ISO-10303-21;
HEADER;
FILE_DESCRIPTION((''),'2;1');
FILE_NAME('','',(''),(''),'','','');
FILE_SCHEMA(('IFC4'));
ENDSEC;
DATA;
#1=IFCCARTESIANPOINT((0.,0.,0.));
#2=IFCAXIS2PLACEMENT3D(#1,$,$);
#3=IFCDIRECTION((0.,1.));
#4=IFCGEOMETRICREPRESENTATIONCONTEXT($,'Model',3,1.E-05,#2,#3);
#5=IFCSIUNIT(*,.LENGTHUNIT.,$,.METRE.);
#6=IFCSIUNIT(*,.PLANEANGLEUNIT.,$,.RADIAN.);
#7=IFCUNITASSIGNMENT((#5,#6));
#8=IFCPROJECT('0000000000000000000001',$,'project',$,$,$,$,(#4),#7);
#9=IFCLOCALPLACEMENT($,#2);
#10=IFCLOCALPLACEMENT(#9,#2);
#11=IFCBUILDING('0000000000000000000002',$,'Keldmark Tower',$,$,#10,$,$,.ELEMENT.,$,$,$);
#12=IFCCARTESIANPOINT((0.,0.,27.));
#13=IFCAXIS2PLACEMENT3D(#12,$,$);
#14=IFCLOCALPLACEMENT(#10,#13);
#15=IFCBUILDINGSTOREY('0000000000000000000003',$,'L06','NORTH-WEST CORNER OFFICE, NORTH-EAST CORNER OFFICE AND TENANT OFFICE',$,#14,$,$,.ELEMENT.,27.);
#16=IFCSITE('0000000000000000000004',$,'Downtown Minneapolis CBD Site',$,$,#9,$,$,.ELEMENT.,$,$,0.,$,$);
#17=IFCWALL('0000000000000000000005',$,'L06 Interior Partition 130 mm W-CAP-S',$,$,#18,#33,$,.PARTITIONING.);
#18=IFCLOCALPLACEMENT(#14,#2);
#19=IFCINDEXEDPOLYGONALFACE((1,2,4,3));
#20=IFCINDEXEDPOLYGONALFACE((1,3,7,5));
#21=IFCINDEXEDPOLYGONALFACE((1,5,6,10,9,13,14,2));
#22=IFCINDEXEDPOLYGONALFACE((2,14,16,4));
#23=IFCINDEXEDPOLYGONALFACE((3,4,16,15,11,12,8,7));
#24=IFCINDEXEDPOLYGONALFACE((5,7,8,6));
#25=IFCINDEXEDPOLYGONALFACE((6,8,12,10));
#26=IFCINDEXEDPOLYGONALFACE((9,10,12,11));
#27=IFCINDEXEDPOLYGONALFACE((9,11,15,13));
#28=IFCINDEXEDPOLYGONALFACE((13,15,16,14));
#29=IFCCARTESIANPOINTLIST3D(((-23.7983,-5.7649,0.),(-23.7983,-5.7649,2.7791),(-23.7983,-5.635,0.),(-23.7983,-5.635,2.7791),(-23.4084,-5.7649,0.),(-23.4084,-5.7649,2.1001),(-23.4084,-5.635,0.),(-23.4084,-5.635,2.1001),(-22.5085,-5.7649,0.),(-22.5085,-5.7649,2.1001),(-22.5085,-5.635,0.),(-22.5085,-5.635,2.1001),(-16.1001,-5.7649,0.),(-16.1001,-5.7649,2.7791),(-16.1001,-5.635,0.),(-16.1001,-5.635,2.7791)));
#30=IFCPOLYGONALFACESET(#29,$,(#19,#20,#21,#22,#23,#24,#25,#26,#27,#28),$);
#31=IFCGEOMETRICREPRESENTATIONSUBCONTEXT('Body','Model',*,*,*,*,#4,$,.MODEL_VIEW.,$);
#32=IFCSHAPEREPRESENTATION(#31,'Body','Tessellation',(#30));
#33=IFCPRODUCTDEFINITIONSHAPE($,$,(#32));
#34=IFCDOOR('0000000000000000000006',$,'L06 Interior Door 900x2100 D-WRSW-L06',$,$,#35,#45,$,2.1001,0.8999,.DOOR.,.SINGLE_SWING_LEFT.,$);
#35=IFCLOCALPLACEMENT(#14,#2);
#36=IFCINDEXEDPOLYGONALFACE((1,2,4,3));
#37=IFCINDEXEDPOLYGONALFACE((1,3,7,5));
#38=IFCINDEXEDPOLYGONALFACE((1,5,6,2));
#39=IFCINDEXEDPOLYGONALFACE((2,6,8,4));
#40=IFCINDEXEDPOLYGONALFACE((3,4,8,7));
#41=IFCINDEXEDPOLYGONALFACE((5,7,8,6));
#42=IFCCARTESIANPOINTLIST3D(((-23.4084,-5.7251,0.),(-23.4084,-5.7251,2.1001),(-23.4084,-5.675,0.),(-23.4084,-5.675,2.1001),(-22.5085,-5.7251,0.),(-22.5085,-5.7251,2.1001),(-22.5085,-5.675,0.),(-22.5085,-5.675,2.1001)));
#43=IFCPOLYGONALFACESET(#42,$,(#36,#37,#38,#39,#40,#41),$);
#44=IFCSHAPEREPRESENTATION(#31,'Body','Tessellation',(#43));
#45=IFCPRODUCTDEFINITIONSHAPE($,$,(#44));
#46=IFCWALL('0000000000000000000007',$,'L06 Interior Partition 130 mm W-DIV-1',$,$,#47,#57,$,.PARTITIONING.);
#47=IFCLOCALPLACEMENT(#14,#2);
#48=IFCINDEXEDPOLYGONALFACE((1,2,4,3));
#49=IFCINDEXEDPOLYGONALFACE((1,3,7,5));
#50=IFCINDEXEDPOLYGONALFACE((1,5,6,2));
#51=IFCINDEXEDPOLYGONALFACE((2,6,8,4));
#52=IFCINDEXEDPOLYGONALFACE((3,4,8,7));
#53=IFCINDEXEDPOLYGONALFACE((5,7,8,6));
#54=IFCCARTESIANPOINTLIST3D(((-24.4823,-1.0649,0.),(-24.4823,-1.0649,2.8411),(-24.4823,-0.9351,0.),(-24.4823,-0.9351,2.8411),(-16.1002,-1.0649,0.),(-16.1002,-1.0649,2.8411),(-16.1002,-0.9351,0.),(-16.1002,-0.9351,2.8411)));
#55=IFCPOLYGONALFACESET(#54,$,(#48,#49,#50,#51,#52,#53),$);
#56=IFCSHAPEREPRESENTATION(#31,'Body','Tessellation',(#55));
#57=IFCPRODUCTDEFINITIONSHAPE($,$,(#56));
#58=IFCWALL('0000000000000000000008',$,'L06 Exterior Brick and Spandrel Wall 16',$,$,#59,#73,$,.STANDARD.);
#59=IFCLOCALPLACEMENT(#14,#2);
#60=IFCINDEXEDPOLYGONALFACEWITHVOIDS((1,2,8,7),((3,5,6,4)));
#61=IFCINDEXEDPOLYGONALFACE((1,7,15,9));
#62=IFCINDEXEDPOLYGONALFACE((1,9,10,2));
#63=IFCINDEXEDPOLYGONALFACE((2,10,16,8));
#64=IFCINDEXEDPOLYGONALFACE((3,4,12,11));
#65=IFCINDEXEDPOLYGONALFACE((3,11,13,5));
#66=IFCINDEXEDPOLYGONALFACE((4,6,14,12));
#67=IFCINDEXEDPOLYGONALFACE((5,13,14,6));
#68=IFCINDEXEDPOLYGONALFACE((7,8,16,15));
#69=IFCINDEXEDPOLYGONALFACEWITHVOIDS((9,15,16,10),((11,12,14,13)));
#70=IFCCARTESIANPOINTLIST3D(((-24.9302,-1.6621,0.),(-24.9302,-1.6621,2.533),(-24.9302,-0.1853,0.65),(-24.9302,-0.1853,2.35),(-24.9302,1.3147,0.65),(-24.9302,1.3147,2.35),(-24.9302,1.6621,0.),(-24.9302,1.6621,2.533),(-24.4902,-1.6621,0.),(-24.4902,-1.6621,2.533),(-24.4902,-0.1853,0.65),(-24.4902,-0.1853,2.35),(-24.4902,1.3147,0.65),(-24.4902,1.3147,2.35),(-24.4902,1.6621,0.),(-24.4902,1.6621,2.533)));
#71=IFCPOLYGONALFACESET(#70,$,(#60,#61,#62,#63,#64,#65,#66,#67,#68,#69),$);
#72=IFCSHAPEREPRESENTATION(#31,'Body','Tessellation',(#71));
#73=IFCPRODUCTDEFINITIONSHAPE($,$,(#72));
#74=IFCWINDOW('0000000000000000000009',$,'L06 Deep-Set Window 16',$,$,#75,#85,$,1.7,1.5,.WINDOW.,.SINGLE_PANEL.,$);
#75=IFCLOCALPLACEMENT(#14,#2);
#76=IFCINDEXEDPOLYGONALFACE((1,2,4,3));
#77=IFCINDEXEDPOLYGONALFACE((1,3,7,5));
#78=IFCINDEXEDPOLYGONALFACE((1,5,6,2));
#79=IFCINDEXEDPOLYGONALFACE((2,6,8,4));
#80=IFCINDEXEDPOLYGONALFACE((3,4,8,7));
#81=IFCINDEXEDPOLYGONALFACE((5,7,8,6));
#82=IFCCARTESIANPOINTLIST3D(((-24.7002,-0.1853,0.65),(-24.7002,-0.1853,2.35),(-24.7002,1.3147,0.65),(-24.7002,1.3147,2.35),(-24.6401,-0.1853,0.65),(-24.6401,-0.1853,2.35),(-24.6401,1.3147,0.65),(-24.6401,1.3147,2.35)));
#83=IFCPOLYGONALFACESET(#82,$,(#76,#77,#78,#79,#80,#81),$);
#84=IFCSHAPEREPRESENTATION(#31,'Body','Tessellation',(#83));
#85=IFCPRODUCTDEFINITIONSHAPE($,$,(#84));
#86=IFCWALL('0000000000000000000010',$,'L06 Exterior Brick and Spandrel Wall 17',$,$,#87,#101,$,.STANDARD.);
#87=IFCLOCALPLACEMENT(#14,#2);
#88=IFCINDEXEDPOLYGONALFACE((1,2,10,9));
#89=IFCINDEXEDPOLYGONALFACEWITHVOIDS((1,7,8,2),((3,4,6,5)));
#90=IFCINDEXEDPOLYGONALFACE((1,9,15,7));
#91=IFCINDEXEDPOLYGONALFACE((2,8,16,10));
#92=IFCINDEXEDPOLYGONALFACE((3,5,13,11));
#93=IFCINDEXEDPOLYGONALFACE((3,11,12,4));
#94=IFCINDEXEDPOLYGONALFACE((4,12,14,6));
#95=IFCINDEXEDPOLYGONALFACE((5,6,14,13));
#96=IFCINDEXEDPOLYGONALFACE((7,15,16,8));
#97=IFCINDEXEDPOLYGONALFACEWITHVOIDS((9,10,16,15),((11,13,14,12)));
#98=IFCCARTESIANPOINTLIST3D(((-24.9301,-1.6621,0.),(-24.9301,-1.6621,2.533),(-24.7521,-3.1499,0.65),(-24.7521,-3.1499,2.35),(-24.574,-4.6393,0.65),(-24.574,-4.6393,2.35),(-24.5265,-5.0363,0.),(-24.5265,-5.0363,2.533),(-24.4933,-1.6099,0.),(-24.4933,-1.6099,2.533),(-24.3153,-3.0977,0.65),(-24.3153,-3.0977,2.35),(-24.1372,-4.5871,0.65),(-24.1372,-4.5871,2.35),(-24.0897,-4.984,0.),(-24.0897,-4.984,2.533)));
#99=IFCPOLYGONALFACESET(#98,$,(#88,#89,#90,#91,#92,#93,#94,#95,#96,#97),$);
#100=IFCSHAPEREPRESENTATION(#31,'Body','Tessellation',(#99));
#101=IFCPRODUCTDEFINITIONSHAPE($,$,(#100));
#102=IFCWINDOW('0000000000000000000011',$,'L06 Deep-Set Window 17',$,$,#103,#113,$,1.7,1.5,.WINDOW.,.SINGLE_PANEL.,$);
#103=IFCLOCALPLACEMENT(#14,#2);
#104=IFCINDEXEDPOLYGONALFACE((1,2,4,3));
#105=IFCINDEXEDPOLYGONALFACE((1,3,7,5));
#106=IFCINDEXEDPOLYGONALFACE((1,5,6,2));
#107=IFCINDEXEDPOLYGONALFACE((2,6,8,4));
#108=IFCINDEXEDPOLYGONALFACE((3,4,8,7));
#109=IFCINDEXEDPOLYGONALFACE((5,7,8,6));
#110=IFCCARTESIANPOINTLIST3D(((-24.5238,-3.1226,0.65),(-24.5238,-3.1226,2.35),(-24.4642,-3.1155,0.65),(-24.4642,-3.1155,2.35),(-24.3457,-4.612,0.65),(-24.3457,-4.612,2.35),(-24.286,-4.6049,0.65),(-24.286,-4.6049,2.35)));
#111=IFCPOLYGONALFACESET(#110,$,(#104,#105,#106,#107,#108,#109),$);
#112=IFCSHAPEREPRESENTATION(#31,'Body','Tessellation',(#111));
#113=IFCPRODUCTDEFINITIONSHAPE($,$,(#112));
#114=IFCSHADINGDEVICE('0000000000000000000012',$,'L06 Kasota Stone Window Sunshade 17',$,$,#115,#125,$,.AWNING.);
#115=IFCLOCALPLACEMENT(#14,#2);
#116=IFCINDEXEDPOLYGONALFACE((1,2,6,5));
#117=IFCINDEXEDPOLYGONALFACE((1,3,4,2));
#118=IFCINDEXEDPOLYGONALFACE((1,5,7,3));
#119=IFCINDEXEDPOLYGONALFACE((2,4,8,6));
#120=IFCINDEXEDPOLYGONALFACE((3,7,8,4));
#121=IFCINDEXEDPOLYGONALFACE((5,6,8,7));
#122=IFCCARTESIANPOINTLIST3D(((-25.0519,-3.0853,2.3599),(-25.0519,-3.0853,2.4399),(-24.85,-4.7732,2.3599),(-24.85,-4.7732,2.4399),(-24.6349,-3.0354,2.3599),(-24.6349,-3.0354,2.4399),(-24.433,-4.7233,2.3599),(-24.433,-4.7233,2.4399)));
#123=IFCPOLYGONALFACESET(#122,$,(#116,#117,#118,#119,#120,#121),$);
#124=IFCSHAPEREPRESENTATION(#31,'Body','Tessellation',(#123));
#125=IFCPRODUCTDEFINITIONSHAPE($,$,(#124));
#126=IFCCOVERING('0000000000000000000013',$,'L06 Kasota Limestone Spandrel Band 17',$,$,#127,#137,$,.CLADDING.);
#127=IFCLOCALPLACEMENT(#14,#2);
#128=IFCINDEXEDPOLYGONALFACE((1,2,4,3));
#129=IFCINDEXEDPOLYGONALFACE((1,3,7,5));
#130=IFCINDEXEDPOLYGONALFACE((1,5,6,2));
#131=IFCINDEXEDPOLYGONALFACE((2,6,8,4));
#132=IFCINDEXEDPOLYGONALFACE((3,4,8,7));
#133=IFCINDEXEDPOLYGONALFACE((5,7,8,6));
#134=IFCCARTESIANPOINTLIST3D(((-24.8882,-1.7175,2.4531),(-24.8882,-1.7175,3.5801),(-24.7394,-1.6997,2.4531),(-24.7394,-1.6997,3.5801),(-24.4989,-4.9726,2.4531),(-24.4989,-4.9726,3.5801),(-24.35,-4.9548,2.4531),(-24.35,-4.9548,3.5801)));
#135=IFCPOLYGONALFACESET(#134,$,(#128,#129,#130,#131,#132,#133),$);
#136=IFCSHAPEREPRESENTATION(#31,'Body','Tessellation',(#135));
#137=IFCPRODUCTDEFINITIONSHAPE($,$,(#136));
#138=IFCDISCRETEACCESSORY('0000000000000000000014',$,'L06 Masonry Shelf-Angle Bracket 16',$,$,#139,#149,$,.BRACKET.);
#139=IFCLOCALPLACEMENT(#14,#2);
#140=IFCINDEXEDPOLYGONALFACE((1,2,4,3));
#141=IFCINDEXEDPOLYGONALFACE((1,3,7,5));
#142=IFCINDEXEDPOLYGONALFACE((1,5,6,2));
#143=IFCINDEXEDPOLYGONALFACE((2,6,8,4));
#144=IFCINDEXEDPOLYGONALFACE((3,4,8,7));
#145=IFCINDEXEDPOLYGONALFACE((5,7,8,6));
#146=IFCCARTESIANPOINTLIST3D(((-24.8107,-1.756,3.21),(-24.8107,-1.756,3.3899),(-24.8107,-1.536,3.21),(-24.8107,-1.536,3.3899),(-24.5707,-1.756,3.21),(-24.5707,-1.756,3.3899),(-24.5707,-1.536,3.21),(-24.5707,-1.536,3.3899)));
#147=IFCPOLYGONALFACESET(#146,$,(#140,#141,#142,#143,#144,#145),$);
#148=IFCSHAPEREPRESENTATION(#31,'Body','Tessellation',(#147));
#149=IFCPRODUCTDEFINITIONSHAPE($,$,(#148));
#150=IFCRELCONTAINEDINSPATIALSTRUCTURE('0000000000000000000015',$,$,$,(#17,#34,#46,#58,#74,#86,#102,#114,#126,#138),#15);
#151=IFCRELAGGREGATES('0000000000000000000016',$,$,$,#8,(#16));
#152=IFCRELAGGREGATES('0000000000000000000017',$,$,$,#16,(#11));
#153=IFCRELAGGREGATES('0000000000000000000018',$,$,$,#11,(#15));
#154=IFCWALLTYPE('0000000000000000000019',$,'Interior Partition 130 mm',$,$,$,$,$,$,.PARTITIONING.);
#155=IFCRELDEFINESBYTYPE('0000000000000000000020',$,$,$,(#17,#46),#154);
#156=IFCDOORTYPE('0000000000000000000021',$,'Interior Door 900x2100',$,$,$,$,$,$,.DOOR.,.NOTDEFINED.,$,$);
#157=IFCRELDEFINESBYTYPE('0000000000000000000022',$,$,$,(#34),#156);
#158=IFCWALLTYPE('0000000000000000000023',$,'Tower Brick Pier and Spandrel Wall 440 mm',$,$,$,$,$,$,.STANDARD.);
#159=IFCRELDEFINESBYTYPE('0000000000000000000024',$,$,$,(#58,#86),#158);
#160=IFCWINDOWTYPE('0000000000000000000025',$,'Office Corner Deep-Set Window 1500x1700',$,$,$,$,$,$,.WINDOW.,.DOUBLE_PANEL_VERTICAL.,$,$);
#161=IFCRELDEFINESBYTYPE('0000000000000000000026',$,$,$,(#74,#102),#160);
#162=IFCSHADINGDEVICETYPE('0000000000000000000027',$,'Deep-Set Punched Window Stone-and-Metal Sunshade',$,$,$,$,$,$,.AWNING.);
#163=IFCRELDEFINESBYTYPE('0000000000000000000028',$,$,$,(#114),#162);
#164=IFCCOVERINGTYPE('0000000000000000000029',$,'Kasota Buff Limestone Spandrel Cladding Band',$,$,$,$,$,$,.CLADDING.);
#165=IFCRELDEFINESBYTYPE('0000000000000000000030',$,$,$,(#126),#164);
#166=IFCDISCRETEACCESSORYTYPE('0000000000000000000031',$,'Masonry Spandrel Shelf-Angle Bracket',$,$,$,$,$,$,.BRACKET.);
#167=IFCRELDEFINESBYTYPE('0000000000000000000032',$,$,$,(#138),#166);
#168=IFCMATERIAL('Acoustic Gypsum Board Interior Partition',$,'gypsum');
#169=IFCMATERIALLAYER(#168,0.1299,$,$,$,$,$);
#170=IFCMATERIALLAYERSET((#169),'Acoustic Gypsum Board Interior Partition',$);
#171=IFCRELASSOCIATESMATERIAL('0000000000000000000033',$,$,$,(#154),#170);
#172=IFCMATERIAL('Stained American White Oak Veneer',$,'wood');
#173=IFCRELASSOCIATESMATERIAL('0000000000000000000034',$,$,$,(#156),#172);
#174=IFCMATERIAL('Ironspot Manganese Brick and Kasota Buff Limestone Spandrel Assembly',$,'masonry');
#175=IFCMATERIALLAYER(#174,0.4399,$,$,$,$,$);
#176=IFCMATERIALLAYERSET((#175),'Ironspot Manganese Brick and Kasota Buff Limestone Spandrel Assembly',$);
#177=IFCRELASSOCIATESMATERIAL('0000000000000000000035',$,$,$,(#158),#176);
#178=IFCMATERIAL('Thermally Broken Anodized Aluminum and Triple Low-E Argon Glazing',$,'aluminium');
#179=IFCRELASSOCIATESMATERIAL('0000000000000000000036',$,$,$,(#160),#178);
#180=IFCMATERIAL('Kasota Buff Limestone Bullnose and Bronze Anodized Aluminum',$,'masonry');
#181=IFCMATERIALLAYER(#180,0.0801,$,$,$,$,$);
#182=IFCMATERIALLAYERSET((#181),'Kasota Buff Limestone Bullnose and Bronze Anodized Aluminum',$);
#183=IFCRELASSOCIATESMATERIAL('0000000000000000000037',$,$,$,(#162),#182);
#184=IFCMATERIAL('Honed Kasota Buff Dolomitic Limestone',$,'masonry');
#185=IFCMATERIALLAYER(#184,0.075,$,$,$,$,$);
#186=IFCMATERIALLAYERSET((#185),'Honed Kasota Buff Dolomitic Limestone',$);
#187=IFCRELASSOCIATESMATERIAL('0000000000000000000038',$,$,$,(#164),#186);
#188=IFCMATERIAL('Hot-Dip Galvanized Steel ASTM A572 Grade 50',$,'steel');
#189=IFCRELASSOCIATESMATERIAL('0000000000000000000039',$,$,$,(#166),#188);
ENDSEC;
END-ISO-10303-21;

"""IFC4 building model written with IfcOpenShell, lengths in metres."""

from ifc_helpers import new_model, si_unit, direction, frame, frame_2d, origin, origin_2d, place, context, subcontext, project, spatial, rectangle, extrude, material, layer, layer_set, type_object, element, fill, save


model = new_model("IFC4")

# Units and contexts
model_context = context("Model", 3, precision=1e-05, world=origin(), true_north=direction((0.0, 1.0)))
body_context = subcontext(model_context, "Body", "Model", "MODEL_VIEW")
ifc_project = project(units=[si_unit("LENGTHUNIT", "METRE"), si_unit("PLANEANGLEUNIT", "RADIAN")], contexts=[model_context])

# Site, building, storey
site_placement = place(None, origin())
site = spatial("IfcSite", under=ifc_project, at=site_placement, Name="Downtown Minneapolis CBD Site", CompositionType="ELEMENT", RefElevation=0.0)
building_placement = place(site_placement, origin())
building = spatial("IfcBuilding", under=site, at=building_placement, Name="Keldmark Tower", CompositionType="ELEMENT")
storey_placement = place(building_placement, frame((0.0, 0.0, 27.0)))
storey = spatial("IfcBuildingStorey", under=building, at=storey_placement, Name="L06", Description="NORTH-WEST CORNER OFFICE, NORTH-EAST CORNER OFFICE AND TENANT OFFICE", CompositionType="ELEMENT", Elevation=27.0)

# Wall, opening, door
ifc_material_1 = material(Name="Acoustic Gypsum Board Interior Partition", Category="gypsum")
ifc_layer_1 = layer(ifc_material_1, 0.1299)
ifc_layer_set_1 = layer_set([ifc_layer_1], Name="Acoustic Gypsum Board Interior Partition")
wall_type_1 = type_object("IfcWallType", Name="Interior Partition 130 mm", PredefinedType="PARTITIONING", material=ifc_layer_set_1)
wall_1_placement = place(storey_placement, frame((-23.7983, -5.7, 0.0), z_axis=(0.0, 0.0, 1.0), x_axis=(1.0, 0.0, 0.0)))
wall_1 = element("IfcWall", 1, at=wall_1_placement, inside=storey, type_object=wall_type_1, Name="L06 Interior Partition 130 mm W-CAP-S", PredefinedType="PARTITIONING", context=body_context, shape_type="SweptSolid", body=[
    extrude(rectangle(XDim=7.6982, YDim=0.1299, at=frame_2d((3.8491, 0.0))), origin(), (0.0, 0.0, 1.0), 2.7791),
])
opening_1_placement = place(wall_1_placement, frame((0.3899, 0.0, 0.0)))
opening_1 = element("IfcOpeningElement", 2, at=opening_1_placement, cuts=wall_1, PredefinedType="OPENING", context=body_context, shape_type="SweptSolid", body=[
    extrude(rectangle(XDim=0.8999, YDim=2.1001, at=frame_2d((0.45, 1.05))), frame((0.0, 0.075, 0.0), z_axis=(0.0, -1.0, 0.0), x_axis=(1.0, 0.0, 0.0)), (0.0, 0.0, 1.0), 0.1499),
])
ifc_material_2 = material(Name="Stained American White Oak Veneer", Category="wood")
door_type = type_object("IfcDoorType", Name="Interior Door 900x2100", OperationType="NOTDEFINED", PredefinedType="DOOR", material=ifc_material_2)
door_placement = place(opening_1_placement, origin())
door = element("IfcDoor", 3, at=door_placement, inside=storey, type_object=door_type, Name="L06 Interior Door 900x2100 D-WRSW-L06", OperationType="SINGLE_SWING_LEFT", OverallHeight=2.1001, OverallWidth=0.8999, PredefinedType="DOOR", context=body_context, shape_type="SweptSolid", body=[
    extrude(rectangle(XDim=0.8999, YDim=2.1001, at=frame_2d((0.45, 1.05))), frame((0.0, 0.0249, 0.0), z_axis=(0.0, -1.0, 0.0), x_axis=(1.0, 0.0, 0.0)), (0.0, 0.0, 1.0), 0.05),
])
fill(opening_1, door)

# Wall
wall_2_placement = place(storey_placement, frame((-24.4822, -1.0, 0.0), z_axis=(0.0, 0.0, 1.0), x_axis=(1.0, 0.0, 0.0)))
element("IfcWall", 4, at=wall_2_placement, inside=storey, type_object=wall_type_1, Name="L06 Interior Partition 130 mm W-DIV-1", PredefinedType="PARTITIONING", context=body_context, shape_type="SweptSolid", body=[
    extrude(rectangle(XDim=8.3821, YDim=0.1299, at=frame_2d((4.1909, 0.0))), origin(), (0.0, 0.0, 1.0), 2.8411),
])

# Walls, openings, windows
ifc_material_3 = material(Name="Ironspot Manganese Brick and Kasota Buff Limestone Spandrel Assembly", Category="masonry")
ifc_layer_2 = layer(ifc_material_3, 0.4399)
ifc_layer_set_2 = layer_set([ifc_layer_2], Name="Ironspot Manganese Brick and Kasota Buff Limestone Spandrel Assembly")
wall_type_2 = type_object("IfcWallType", Name="Tower Brick Pier and Spandrel Wall 440 mm", PredefinedType="STANDARD", material=ifc_layer_set_2)
wall_3_placement = place(storey_placement, frame((-24.7102, -1.6621, 0.0), z_axis=(0.0, 0.0, 1.0), x_axis=(0.0, 1.0, 0.0)))
wall_3 = element("IfcWall", 5, at=wall_3_placement, inside=storey, type_object=wall_type_2, Name="L06 Exterior Brick and Spandrel Wall 16", PredefinedType="STANDARD", context=body_context, shape_type="SweptSolid", body=[
    extrude(rectangle(XDim=3.3242, YDim=0.4399, at=frame_2d((1.6621, 0.0))), origin(), (0.0, 0.0, 1.0), 2.533),
])
opening_2_placement = place(wall_3_placement, frame((1.4768, 0.0, 0.6499)))
opening_2 = element("IfcOpeningElement", 6, at=opening_2_placement, cuts=wall_3, PredefinedType="OPENING", context=body_context, shape_type="SweptSolid", body=[
    extrude(rectangle(XDim=1.5, YDim=1.7, at=frame_2d((0.75, 0.8501))), frame((0.0, 0.23, 0.0), z_axis=(0.0, -1.0, 0.0), x_axis=(1.0, 0.0, 0.0)), (0.0, 0.0, 1.0), 0.46),
])
ifc_material_4 = material(Name="Thermally Broken Anodized Aluminum and Triple Low-E Argon Glazing", Category="aluminium")
window_type = type_object("IfcWindowType", Name="Office Corner Deep-Set Window 1500x1700", PartitioningType="DOUBLE_PANEL_VERTICAL", PredefinedType="WINDOW", material=ifc_material_4)
window_1_placement = place(opening_2_placement, origin())
window_1 = element("IfcWindow", 7, at=window_1_placement, inside=storey, type_object=window_type, Name="L06 Deep-Set Window 16", OverallHeight=1.7, OverallWidth=1.5, PartitioningType="SINGLE_PANEL", PredefinedType="WINDOW", context=body_context, shape_type="SweptSolid", body=[
    extrude(rectangle(XDim=1.5, YDim=1.7, at=frame_2d((0.75, 0.8501))), frame((0.0, -0.01, 0.0), z_axis=(0.0, -1.0, 0.0), x_axis=(1.0, 0.0, 0.0)), (0.0, 0.0, 1.0), 0.0601),
])
fill(opening_2, window_1)
wall_4_placement = place(storey_placement, frame((-24.3081, -5.0103, 0.0), z_axis=(0.0, 0.0, 1.0), x_axis=(-0.118754, 0.992924, 0.0)))
wall_4 = element("IfcWall", 8, at=wall_4_placement, inside=storey, type_object=wall_type_2, Name="L06 Exterior Brick and Spandrel Wall 17", PredefinedType="STANDARD", context=body_context, shape_type="SweptSolid", body=[
    extrude(rectangle(XDim=3.3982, YDim=0.4399, at=frame_2d((1.6992, 0.0))), origin(), (0.0, 0.0, 1.0), 2.533),
])
opening_3_placement = place(wall_4_placement, frame((0.3999, 0.0, 0.6499)))
opening_3 = element("IfcOpeningElement", 9, at=opening_3_placement, cuts=wall_4, PredefinedType="OPENING", context=body_context, shape_type="SweptSolid", body=[
    extrude(rectangle(XDim=1.5, YDim=1.7, at=frame_2d((0.75, 0.8501))), frame((0.0, 0.23, 0.0), z_axis=(0.0, -1.0, 0.0), x_axis=(1.0, 0.0, 0.0)), (0.0, 0.0, 1.0), 0.46),
])
window_2_placement = place(opening_3_placement, origin())
window_2 = element("IfcWindow", 10, at=window_2_placement, inside=storey, type_object=window_type, Name="L06 Deep-Set Window 17", OverallHeight=1.7, OverallWidth=1.5, PartitioningType="SINGLE_PANEL", PredefinedType="WINDOW", context=body_context, shape_type="SweptSolid", body=[
    extrude(rectangle(XDim=1.5, YDim=1.7, at=frame_2d((0.75, 0.8501))), frame((0.0, -0.01, 0.0), z_axis=(0.0, -1.0, 0.0), x_axis=(1.0, 0.0, 0.0)), (0.0, 0.0, 1.0), 0.0601),
])
fill(opening_3, window_2)

# Shading device
ifc_material_5 = material(Name="Kasota Buff Limestone Bullnose and Bronze Anodized Aluminum", Category="masonry")
ifc_layer_3 = layer(ifc_material_5, 0.0801)
ifc_layer_set_3 = layer_set([ifc_layer_3], Name="Kasota Buff Limestone Bullnose and Bronze Anodized Aluminum")
shading_device_type = type_object("IfcShadingDeviceType", Name="Deep-Set Punched Window Stone-and-Metal Sunshade", PredefinedType="AWNING", material=ifc_layer_set_3)
shading_device_placement = place(storey_placement, frame((-24.7424, -3.9043, 2.3599), z_axis=(0.0, 0.0, 1.0), x_axis=(-0.118768, 0.992922, 0.0)))
element("IfcShadingDevice", 11, at=shading_device_placement, inside=storey, type_object=shading_device_type, Name="L06 Kasota Stone Window Sunshade 17", PredefinedType="AWNING", context=body_context, shape_type="SweptSolid", body=[
    extrude(rectangle(XDim=1.7, YDim=0.4199, at=origin_2d()), origin(), (0.0, 0.0, 1.0), 0.0801),
])

# Covering
ifc_material_6 = material(Name="Honed Kasota Buff Dolomitic Limestone", Category="masonry")
ifc_layer_4 = layer(ifc_material_6, 0.075)
ifc_layer_set_4 = layer_set([ifc_layer_4], Name="Honed Kasota Buff Dolomitic Limestone")
covering_type = type_object("IfcCoveringType", Name="Kasota Buff Limestone Spandrel Cladding Band", PredefinedType="CLADDING", material=ifc_layer_set_4)
covering_placement = place(storey_placement, frame((-24.6191, -3.3362, 2.4531), z_axis=(0.0, 0.0, 1.0), x_axis=(0.118768, -0.992922, 0.0)))
element("IfcCovering", 12, at=covering_placement, inside=storey, type_object=covering_type, Name="L06 Kasota Limestone Spandrel Band 17", PredefinedType="CLADDING", context=body_context, shape_type="SweptSolid", body=[
    extrude(rectangle(XDim=3.2783, YDim=0.1499, at=origin_2d()), origin(), (0.0, 0.0, 1.0), 1.127),
])

# Discrete accessory
ifc_material_7 = material(Name="Hot-Dip Galvanized Steel ASTM A572 Grade 50", Category="steel")
discrete_accessory_type = type_object("IfcDiscreteAccessoryType", Name="Masonry Spandrel Shelf-Angle Bracket", PredefinedType="BRACKET", material=ifc_material_7)
discrete_accessory_placement = place(storey_placement, frame((-24.6907, -1.646, 3.21), z_axis=(0.0, 0.0, 1.0), x_axis=(1.0, 0.0, 0.0)))
element("IfcDiscreteAccessory", 13, at=discrete_accessory_placement, inside=storey, type_object=discrete_accessory_type, Name="L06 Masonry Shelf-Angle Bracket 16", PredefinedType="BRACKET", context=body_context, shape_type="SweptSolid", body=[
    extrude(rectangle(XDim=0.24, YDim=0.22, at=origin_2d()), origin(), (0.0, 0.0, 1.0), 0.1799),
])

save(model, "model.ifc")
